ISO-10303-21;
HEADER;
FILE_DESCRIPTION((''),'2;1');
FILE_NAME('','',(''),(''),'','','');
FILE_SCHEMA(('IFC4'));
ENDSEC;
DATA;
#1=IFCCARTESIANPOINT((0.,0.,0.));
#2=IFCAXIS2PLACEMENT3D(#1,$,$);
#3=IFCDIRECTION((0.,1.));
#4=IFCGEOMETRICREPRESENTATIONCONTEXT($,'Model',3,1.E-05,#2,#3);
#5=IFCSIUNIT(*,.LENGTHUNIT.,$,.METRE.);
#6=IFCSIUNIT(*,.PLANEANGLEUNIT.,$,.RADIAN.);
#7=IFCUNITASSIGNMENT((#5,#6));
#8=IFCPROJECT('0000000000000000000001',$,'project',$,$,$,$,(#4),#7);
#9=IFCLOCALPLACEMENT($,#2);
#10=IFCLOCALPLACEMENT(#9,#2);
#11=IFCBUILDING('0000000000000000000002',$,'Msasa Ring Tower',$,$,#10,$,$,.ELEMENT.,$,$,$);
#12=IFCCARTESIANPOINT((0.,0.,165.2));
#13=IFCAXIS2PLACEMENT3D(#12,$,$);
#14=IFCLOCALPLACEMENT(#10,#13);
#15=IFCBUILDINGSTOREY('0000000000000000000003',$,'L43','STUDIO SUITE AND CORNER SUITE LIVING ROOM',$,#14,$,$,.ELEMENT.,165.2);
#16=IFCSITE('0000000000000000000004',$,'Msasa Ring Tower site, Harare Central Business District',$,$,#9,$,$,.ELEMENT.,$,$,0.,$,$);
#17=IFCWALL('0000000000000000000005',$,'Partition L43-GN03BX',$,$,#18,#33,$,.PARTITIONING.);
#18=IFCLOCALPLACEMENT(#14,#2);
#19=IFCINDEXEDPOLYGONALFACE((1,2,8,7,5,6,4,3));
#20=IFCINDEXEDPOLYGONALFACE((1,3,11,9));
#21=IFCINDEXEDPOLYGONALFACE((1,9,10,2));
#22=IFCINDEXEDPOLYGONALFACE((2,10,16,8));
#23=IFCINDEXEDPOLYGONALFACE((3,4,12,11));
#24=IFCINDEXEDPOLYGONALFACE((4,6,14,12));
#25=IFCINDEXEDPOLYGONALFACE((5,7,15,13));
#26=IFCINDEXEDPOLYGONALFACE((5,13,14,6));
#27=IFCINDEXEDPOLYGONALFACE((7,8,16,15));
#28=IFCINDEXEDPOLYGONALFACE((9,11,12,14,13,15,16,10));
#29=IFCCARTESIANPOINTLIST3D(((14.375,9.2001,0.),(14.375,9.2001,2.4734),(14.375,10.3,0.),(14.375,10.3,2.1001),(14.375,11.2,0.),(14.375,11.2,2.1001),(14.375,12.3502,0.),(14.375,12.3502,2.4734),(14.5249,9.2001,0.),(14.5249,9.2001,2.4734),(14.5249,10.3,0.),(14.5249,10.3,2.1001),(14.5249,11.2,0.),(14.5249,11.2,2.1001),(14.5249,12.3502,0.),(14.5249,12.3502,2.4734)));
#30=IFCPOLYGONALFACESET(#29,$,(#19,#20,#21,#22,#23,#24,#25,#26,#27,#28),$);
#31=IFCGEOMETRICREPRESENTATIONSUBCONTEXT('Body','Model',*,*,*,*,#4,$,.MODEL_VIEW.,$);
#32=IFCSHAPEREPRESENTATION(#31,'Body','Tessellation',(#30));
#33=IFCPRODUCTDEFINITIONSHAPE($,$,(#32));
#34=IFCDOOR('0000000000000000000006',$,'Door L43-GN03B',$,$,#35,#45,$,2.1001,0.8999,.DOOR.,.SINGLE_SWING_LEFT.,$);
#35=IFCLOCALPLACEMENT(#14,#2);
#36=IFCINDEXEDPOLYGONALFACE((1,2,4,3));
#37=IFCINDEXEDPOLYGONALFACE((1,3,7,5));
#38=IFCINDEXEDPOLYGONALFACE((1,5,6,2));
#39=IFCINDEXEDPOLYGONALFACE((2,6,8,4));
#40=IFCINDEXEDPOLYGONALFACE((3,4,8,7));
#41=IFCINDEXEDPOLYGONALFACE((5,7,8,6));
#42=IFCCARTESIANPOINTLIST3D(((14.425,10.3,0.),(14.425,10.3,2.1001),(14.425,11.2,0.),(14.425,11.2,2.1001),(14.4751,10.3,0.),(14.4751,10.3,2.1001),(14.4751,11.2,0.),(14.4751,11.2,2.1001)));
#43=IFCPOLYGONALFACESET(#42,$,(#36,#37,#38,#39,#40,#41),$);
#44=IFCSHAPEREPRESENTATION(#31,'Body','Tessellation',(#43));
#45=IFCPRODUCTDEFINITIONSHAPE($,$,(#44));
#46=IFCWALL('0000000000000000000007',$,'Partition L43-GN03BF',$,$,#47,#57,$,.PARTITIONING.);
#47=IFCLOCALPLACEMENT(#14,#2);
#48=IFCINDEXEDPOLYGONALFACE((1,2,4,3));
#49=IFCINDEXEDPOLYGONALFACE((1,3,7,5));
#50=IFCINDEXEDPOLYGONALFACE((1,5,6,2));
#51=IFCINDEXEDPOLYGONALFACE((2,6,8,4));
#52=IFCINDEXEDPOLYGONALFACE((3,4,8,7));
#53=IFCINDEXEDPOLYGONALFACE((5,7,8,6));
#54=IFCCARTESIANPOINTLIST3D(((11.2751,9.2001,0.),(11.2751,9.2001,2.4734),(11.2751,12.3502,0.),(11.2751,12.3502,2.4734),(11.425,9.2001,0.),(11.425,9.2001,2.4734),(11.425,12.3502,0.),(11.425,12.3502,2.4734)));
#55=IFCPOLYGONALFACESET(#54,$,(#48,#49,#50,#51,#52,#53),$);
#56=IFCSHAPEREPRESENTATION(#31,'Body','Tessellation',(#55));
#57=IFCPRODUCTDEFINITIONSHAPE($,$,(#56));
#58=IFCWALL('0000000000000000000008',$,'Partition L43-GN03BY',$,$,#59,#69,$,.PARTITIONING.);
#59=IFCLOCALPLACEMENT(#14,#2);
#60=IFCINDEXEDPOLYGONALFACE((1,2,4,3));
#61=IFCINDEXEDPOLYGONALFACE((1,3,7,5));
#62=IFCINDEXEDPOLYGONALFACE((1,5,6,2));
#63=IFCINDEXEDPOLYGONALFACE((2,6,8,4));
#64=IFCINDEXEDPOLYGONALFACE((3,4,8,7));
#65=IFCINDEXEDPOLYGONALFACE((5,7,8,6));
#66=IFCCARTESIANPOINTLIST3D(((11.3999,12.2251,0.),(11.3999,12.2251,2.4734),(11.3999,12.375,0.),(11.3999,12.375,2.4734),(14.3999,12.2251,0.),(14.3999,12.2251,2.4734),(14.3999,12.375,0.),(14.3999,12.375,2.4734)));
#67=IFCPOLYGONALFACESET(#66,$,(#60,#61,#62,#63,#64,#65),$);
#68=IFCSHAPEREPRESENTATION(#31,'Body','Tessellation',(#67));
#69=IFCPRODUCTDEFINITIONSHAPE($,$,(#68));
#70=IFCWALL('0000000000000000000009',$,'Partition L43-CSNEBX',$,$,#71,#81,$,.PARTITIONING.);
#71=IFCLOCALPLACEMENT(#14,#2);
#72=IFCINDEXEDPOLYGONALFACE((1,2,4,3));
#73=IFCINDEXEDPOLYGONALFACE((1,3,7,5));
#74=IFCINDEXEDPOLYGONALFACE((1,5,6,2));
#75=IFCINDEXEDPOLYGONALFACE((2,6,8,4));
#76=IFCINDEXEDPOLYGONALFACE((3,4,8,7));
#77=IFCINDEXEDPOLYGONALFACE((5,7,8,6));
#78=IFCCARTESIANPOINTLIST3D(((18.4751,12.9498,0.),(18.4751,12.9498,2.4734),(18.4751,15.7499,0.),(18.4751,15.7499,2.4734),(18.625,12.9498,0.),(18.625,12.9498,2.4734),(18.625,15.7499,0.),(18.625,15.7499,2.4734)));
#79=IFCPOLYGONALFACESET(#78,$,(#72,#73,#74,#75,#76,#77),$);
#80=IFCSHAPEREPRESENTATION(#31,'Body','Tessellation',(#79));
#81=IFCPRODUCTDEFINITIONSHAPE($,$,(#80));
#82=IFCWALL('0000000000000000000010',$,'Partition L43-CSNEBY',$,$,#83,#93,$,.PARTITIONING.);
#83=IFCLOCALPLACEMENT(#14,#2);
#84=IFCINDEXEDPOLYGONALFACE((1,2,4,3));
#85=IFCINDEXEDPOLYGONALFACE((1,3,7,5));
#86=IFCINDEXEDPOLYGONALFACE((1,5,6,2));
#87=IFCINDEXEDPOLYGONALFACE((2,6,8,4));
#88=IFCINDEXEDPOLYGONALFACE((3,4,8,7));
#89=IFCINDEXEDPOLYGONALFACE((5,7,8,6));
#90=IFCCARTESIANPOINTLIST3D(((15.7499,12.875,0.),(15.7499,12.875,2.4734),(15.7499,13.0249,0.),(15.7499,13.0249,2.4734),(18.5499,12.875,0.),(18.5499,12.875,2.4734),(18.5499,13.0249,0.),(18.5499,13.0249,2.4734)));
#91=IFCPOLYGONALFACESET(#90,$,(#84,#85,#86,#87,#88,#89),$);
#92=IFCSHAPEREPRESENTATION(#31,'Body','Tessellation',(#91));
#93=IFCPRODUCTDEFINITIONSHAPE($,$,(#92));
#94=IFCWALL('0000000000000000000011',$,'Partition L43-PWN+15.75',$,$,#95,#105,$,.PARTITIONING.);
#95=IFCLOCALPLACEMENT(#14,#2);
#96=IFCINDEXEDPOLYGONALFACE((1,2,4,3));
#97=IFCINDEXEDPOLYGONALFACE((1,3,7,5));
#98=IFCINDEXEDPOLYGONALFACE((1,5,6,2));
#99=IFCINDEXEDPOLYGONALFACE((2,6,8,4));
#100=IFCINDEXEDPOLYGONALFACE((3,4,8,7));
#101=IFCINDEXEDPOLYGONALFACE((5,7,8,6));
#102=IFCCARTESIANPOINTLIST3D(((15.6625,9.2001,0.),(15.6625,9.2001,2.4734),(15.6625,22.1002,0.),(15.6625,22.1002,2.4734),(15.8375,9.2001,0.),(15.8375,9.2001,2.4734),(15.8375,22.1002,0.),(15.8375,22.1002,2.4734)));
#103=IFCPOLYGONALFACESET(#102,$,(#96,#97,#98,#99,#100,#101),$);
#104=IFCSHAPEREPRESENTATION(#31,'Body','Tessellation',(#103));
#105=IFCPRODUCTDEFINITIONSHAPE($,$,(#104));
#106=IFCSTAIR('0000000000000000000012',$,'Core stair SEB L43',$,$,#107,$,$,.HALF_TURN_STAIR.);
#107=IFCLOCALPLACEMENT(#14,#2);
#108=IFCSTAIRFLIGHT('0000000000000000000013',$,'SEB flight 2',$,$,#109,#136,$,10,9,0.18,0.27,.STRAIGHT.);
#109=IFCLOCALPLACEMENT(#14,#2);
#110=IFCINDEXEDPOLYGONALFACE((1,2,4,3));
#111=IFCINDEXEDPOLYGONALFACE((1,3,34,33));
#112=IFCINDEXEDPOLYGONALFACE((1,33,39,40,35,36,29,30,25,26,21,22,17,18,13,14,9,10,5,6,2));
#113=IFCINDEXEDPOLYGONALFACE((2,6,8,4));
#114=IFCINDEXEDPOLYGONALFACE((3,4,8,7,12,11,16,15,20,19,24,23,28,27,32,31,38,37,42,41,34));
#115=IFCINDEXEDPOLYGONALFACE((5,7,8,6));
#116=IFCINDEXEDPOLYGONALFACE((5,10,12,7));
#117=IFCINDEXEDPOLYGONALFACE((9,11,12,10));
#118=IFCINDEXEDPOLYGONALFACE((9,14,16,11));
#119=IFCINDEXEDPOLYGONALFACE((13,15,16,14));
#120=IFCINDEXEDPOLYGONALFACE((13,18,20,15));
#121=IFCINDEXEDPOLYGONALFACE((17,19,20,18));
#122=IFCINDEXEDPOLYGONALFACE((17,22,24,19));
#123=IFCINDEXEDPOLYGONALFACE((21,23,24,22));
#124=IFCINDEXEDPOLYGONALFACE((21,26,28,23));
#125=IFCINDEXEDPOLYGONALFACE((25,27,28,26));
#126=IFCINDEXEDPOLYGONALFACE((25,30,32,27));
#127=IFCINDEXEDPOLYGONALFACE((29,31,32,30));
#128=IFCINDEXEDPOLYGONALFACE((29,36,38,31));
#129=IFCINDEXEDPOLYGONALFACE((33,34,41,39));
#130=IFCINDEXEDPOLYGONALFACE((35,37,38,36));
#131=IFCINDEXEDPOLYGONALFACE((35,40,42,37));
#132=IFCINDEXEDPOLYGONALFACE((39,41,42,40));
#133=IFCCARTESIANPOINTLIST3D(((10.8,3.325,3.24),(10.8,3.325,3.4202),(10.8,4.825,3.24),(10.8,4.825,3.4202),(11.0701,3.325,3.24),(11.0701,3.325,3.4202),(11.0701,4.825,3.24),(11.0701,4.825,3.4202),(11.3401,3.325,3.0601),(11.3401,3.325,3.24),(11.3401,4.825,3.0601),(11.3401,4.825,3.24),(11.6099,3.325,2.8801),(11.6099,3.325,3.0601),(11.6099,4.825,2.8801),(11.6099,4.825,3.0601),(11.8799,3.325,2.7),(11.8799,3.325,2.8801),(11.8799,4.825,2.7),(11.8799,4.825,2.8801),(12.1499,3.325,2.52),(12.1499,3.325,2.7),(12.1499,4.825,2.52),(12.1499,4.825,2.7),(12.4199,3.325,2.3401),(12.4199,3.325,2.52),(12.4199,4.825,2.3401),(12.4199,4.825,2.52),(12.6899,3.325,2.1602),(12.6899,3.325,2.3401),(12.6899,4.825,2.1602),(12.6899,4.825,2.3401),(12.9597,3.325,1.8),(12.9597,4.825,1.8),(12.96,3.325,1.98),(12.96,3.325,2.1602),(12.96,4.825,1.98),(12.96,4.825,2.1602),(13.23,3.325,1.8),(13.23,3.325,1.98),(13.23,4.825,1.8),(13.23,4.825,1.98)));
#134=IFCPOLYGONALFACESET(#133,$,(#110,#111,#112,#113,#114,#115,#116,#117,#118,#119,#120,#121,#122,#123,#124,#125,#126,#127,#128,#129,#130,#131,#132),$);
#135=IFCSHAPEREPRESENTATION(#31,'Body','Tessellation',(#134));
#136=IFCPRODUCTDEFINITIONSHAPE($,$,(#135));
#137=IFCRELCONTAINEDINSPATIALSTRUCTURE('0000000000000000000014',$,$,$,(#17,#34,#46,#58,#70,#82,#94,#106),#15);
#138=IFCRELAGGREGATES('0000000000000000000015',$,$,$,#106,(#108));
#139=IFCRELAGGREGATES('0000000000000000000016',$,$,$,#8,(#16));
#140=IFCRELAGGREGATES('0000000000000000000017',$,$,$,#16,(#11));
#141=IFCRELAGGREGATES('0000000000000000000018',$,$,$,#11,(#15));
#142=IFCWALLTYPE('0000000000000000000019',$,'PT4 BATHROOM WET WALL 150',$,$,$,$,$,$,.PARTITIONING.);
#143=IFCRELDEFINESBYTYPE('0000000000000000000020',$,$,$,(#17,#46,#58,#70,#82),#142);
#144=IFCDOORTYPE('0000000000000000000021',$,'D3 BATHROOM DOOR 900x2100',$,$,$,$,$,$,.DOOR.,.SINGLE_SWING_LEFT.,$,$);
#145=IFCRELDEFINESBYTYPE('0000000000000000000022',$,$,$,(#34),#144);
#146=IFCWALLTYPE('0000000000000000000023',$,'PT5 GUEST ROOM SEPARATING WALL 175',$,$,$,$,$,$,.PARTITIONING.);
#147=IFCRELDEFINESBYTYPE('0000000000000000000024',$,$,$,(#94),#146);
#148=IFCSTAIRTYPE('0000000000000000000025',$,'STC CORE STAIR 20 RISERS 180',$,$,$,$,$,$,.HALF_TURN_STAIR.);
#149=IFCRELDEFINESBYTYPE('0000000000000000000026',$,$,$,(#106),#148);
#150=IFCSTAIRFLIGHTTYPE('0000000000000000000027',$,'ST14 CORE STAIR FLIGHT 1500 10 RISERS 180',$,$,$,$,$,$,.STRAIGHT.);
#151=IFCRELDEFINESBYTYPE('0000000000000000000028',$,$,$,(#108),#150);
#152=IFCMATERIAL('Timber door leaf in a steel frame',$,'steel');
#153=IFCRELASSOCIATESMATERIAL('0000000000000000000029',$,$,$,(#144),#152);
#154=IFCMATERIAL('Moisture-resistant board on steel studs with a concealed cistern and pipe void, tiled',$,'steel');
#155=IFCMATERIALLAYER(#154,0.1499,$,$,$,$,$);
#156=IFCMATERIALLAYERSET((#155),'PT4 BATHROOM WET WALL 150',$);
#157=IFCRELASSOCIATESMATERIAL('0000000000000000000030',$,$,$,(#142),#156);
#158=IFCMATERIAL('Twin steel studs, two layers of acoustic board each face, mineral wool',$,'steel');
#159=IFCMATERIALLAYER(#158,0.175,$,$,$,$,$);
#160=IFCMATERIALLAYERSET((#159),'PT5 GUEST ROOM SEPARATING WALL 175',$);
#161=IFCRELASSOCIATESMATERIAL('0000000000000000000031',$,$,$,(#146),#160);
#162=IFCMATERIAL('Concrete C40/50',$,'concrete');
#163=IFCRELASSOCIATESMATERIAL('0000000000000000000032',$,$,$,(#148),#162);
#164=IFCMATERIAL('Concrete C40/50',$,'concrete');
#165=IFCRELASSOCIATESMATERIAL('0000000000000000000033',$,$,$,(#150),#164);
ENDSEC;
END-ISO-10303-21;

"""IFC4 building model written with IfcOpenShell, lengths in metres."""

from ifc_helpers import new_model, si_unit, direction, frame, frame_2d, origin, place, context, subcontext, project, spatial, polyline, rectangle, outline, extrude, material, layer, layer_set, type_object, element, fill, aggregate, save


model = new_model("IFC4")

# Units and contexts
model_context = context("Model", 3, precision=1e-05, world=origin(), true_north=direction((0.0, 1.0)))
body_context = subcontext(model_context, "Body", "Model", "MODEL_VIEW")
ifc_project = project(units=[si_unit("LENGTHUNIT", "METRE"), si_unit("PLANEANGLEUNIT", "RADIAN")], contexts=[model_context])

# Site, building, storey
site_placement = place(None, origin())
site = spatial("IfcSite", under=ifc_project, at=site_placement, Name="Msasa Ring Tower site, Harare Central Business District", CompositionType="ELEMENT", RefElevation=0.0)
building_placement = place(site_placement, origin())
building = spatial("IfcBuilding", under=site, at=building_placement, Name="Msasa Ring Tower", CompositionType="ELEMENT")
storey_placement = place(building_placement, frame((0.0, 0.0, 165.2)))
storey = spatial("IfcBuildingStorey", under=building, at=storey_placement, Name="L43", Description="STUDIO SUITE AND CORNER SUITE LIVING ROOM", CompositionType="ELEMENT", Elevation=165.2)

# Shared definitions
ifc_material_1 = material(Name="Timber door leaf in a steel frame", Category="steel")
door_type_1 = type_object("IfcDoorType", Name="D3 BATHROOM DOOR 900x2100", OperationType="SINGLE_SWING_LEFT", PredefinedType="DOOR", material=ifc_material_1)

# Wall, opening, door
ifc_material_2 = material(Name="Moisture-resistant board on steel studs with a concealed cistern and pipe void, tiled", Category="steel")
ifc_layer_1 = layer(ifc_material_2, 0.1499)
ifc_layer_set_1 = layer_set([ifc_layer_1], Name="PT4 BATHROOM WET WALL 150")
wall_type_1 = type_object("IfcWallType", Name="PT4 BATHROOM WET WALL 150", PredefinedType="PARTITIONING", material=ifc_layer_set_1)
wall_1_placement = place(storey_placement, frame((14.45, 9.2, 0.0), z_axis=(0.0, 0.0, 1.0), x_axis=(0.0, 1.0, 0.0)))
wall_1 = element("IfcWall", 1, at=wall_1_placement, inside=storey, type_object=wall_type_1, Name="Partition L43-GN03BX", PredefinedType="PARTITIONING", context=body_context, shape_type="SweptSolid", body=[
    extrude(rectangle(XDim=3.1501, YDim=0.1499, at=frame_2d((1.5752, 0.0))), origin(), (0.0, 0.0, 1.0), 2.4734),
])
opening_1_placement = place(wall_1_placement, frame((1.1001, 0.0, 0.0)))
opening_1 = element("IfcOpeningElement", 2, at=opening_1_placement, cuts=wall_1, PredefinedType="OPENING", context=body_context, shape_type="SweptSolid", body=[
    extrude(rectangle(XDim=0.8999, YDim=2.1001, at=frame_2d((0.45, 1.05))), frame((0.0, 0.085, 0.0), z_axis=(0.0, -1.0, 0.0), x_axis=(1.0, 0.0, 0.0)), (0.0, 0.0, 1.0), 0.1699),
])
door_1_placement = place(opening_1_placement, origin())
door_1 = element("IfcDoor", 3, at=door_1_placement, inside=storey, type_object=door_type_1, Name="Door L43-GN03B", OperationType="SINGLE_SWING_LEFT", OverallHeight=2.1001, OverallWidth=0.8999, PredefinedType="DOOR", context=body_context, shape_type="SweptSolid", body=[
    extrude(rectangle(XDim=0.8999, YDim=2.1001, at=frame_2d((0.45, 1.05))), frame((0.0, 0.0249, 0.0), z_axis=(0.0, -1.0, 0.0), x_axis=(1.0, 0.0, 0.0)), (0.0, 0.0, 1.0), 0.05),
])
fill(opening_1, door_1)

# Walls
wall_2_placement = place(storey_placement, frame((11.3501, 9.2, 0.0), z_axis=(0.0, 0.0, 1.0), x_axis=(0.0, 1.0, 0.0)))
element("IfcWall", 4, at=wall_2_placement, inside=storey, type_object=wall_type_1, Name="Partition L43-GN03BF", PredefinedType="PARTITIONING", context=body_context, shape_type="SweptSolid", body=[
    extrude(rectangle(XDim=3.1501, YDim=0.1499, at=frame_2d((1.5752, 0.0))), origin(), (0.0, 0.0, 1.0), 2.4734),
])
wall_3_placement = place(storey_placement, frame((11.3999, 12.3, 0.0), z_axis=(0.0, 0.0, 1.0), x_axis=(1.0, 0.0, 0.0)))
element("IfcWall", 5, at=wall_3_placement, inside=storey, type_object=wall_type_1, Name="Partition L43-GN03BY", PredefinedType="PARTITIONING", context=body_context, shape_type="SweptSolid", body=[
    extrude(rectangle(XDim=3.0, YDim=0.1499, at=frame_2d((1.5, 0.0))), origin(), (0.0, 0.0, 1.0), 2.4734),
])
for number, where, z_axis, x_axis, name in (
    (6, (18.55, 12.95, 0.0), (0.0, 0.0, 1.0), (0.0, 1.0, 0.0), "Partition L43-CSNEBX"),
    (7, (15.75, 12.95, 0.0), (0.0, 0.0, 1.0), (1.0, 0.0, 0.0), "Partition L43-CSNEBY"),
):
    element("IfcWall", number, at=place(storey_placement, frame(where, z_axis=z_axis, x_axis=x_axis)), inside=storey, type_object=wall_type_1, Name=name, PredefinedType="PARTITIONING", context=body_context, shape_type="SweptSolid", body=[
        extrude(rectangle(XDim=2.8, YDim=0.1499, at=frame_2d((1.3999, 0.0))), origin(), (0.0, 0.0, 1.0), 2.4734),
    ])
ifc_material_3 = material(Name="Twin steel studs, two layers of acoustic board each face, mineral wool", Category="steel")
ifc_layer_2 = layer(ifc_material_3, 0.175)
ifc_layer_set_2 = layer_set([ifc_layer_2], Name="PT5 GUEST ROOM SEPARATING WALL 175")
wall_type_2 = type_object("IfcWallType", Name="PT5 GUEST ROOM SEPARATING WALL 175", PredefinedType="PARTITIONING", material=ifc_layer_set_2)
wall_4_placement = place(storey_placement, frame((15.75, 9.2, 0.0), z_axis=(0.0, 0.0, 1.0), x_axis=(0.0, 1.0, 0.0)))
element("IfcWall", 8, at=wall_4_placement, inside=storey, type_object=wall_type_2, Name="Partition L43-PWN+15.75", PredefinedType="PARTITIONING", context=body_context, shape_type="SweptSolid", body=[
    extrude(rectangle(XDim=12.9001, YDim=0.175, at=frame_2d((6.4502, 0.0))), origin(), (0.0, 0.0, 1.0), 2.4734),
])

# Stair, stair flight
ifc_material_4 = material(Name="Concrete C40/50", Category="concrete")
stair_type = type_object("IfcStairType", Name="STC CORE STAIR 20 RISERS 180", PredefinedType="HALF_TURN_STAIR", material=ifc_material_4)
stair_placement = place(storey_placement, origin())
stair = element("IfcStair", 9, at=stair_placement, inside=storey, type_object=stair_type, Name="Core stair SEB L43", PredefinedType="HALF_TURN_STAIR")
ifc_material_5 = material(Name="Concrete C40/50", Category="concrete")
stair_flight_type = type_object("IfcStairFlightType", Name="ST14 CORE STAIR FLIGHT 1500 10 RISERS 180", PredefinedType="STRAIGHT", material=ifc_material_5)
stair_flight_placement = place(storey_placement, frame((13.23, 4.075, 1.8), z_axis=(0.0, 0.0, 1.0), x_axis=(-1.0, 0.0, 0.0)))
stair_flight = element("IfcStairFlight", 10, at=stair_flight_placement, type_object=stair_flight_type, Name="SEB flight 2", NumberOfRisers=10, NumberOfTreads=9, PredefinedType="STRAIGHT", RiserHeight=0.18, TreadLength=0.27, context=body_context, shape_type="SweptSolid", body=[
    extrude(outline(polyline([(0.0, 0.0), (0.0, 0.1799), (0.27, 0.1799), (0.27, 0.3601), (0.54, 0.3601), (0.54, 0.54), (0.8101, 0.54), (0.8101, 0.72), (1.0801, 0.72), (1.0801, 0.8999), (1.3501, 0.8999), (1.3501, 1.0801), (1.6201, 1.0801), (1.6201, 1.26), (1.8899, 1.26), (1.8899, 1.4399), (2.1599, 1.4399), (2.1599, 1.6201), (2.4299, 1.6201), (2.4299, 1.8), (2.4299, 1.4399), (0.2703, 0.0), (0.0, 0.0)])), frame((0.0, 0.75, 0.0), z_axis=(0.0, -1.0, 0.0), x_axis=(1.0, 0.0, 0.0)), (0.0, 0.0, 1.0), 1.5),
])
aggregate(stair, [stair_flight])

save(model, "model.ifc")
